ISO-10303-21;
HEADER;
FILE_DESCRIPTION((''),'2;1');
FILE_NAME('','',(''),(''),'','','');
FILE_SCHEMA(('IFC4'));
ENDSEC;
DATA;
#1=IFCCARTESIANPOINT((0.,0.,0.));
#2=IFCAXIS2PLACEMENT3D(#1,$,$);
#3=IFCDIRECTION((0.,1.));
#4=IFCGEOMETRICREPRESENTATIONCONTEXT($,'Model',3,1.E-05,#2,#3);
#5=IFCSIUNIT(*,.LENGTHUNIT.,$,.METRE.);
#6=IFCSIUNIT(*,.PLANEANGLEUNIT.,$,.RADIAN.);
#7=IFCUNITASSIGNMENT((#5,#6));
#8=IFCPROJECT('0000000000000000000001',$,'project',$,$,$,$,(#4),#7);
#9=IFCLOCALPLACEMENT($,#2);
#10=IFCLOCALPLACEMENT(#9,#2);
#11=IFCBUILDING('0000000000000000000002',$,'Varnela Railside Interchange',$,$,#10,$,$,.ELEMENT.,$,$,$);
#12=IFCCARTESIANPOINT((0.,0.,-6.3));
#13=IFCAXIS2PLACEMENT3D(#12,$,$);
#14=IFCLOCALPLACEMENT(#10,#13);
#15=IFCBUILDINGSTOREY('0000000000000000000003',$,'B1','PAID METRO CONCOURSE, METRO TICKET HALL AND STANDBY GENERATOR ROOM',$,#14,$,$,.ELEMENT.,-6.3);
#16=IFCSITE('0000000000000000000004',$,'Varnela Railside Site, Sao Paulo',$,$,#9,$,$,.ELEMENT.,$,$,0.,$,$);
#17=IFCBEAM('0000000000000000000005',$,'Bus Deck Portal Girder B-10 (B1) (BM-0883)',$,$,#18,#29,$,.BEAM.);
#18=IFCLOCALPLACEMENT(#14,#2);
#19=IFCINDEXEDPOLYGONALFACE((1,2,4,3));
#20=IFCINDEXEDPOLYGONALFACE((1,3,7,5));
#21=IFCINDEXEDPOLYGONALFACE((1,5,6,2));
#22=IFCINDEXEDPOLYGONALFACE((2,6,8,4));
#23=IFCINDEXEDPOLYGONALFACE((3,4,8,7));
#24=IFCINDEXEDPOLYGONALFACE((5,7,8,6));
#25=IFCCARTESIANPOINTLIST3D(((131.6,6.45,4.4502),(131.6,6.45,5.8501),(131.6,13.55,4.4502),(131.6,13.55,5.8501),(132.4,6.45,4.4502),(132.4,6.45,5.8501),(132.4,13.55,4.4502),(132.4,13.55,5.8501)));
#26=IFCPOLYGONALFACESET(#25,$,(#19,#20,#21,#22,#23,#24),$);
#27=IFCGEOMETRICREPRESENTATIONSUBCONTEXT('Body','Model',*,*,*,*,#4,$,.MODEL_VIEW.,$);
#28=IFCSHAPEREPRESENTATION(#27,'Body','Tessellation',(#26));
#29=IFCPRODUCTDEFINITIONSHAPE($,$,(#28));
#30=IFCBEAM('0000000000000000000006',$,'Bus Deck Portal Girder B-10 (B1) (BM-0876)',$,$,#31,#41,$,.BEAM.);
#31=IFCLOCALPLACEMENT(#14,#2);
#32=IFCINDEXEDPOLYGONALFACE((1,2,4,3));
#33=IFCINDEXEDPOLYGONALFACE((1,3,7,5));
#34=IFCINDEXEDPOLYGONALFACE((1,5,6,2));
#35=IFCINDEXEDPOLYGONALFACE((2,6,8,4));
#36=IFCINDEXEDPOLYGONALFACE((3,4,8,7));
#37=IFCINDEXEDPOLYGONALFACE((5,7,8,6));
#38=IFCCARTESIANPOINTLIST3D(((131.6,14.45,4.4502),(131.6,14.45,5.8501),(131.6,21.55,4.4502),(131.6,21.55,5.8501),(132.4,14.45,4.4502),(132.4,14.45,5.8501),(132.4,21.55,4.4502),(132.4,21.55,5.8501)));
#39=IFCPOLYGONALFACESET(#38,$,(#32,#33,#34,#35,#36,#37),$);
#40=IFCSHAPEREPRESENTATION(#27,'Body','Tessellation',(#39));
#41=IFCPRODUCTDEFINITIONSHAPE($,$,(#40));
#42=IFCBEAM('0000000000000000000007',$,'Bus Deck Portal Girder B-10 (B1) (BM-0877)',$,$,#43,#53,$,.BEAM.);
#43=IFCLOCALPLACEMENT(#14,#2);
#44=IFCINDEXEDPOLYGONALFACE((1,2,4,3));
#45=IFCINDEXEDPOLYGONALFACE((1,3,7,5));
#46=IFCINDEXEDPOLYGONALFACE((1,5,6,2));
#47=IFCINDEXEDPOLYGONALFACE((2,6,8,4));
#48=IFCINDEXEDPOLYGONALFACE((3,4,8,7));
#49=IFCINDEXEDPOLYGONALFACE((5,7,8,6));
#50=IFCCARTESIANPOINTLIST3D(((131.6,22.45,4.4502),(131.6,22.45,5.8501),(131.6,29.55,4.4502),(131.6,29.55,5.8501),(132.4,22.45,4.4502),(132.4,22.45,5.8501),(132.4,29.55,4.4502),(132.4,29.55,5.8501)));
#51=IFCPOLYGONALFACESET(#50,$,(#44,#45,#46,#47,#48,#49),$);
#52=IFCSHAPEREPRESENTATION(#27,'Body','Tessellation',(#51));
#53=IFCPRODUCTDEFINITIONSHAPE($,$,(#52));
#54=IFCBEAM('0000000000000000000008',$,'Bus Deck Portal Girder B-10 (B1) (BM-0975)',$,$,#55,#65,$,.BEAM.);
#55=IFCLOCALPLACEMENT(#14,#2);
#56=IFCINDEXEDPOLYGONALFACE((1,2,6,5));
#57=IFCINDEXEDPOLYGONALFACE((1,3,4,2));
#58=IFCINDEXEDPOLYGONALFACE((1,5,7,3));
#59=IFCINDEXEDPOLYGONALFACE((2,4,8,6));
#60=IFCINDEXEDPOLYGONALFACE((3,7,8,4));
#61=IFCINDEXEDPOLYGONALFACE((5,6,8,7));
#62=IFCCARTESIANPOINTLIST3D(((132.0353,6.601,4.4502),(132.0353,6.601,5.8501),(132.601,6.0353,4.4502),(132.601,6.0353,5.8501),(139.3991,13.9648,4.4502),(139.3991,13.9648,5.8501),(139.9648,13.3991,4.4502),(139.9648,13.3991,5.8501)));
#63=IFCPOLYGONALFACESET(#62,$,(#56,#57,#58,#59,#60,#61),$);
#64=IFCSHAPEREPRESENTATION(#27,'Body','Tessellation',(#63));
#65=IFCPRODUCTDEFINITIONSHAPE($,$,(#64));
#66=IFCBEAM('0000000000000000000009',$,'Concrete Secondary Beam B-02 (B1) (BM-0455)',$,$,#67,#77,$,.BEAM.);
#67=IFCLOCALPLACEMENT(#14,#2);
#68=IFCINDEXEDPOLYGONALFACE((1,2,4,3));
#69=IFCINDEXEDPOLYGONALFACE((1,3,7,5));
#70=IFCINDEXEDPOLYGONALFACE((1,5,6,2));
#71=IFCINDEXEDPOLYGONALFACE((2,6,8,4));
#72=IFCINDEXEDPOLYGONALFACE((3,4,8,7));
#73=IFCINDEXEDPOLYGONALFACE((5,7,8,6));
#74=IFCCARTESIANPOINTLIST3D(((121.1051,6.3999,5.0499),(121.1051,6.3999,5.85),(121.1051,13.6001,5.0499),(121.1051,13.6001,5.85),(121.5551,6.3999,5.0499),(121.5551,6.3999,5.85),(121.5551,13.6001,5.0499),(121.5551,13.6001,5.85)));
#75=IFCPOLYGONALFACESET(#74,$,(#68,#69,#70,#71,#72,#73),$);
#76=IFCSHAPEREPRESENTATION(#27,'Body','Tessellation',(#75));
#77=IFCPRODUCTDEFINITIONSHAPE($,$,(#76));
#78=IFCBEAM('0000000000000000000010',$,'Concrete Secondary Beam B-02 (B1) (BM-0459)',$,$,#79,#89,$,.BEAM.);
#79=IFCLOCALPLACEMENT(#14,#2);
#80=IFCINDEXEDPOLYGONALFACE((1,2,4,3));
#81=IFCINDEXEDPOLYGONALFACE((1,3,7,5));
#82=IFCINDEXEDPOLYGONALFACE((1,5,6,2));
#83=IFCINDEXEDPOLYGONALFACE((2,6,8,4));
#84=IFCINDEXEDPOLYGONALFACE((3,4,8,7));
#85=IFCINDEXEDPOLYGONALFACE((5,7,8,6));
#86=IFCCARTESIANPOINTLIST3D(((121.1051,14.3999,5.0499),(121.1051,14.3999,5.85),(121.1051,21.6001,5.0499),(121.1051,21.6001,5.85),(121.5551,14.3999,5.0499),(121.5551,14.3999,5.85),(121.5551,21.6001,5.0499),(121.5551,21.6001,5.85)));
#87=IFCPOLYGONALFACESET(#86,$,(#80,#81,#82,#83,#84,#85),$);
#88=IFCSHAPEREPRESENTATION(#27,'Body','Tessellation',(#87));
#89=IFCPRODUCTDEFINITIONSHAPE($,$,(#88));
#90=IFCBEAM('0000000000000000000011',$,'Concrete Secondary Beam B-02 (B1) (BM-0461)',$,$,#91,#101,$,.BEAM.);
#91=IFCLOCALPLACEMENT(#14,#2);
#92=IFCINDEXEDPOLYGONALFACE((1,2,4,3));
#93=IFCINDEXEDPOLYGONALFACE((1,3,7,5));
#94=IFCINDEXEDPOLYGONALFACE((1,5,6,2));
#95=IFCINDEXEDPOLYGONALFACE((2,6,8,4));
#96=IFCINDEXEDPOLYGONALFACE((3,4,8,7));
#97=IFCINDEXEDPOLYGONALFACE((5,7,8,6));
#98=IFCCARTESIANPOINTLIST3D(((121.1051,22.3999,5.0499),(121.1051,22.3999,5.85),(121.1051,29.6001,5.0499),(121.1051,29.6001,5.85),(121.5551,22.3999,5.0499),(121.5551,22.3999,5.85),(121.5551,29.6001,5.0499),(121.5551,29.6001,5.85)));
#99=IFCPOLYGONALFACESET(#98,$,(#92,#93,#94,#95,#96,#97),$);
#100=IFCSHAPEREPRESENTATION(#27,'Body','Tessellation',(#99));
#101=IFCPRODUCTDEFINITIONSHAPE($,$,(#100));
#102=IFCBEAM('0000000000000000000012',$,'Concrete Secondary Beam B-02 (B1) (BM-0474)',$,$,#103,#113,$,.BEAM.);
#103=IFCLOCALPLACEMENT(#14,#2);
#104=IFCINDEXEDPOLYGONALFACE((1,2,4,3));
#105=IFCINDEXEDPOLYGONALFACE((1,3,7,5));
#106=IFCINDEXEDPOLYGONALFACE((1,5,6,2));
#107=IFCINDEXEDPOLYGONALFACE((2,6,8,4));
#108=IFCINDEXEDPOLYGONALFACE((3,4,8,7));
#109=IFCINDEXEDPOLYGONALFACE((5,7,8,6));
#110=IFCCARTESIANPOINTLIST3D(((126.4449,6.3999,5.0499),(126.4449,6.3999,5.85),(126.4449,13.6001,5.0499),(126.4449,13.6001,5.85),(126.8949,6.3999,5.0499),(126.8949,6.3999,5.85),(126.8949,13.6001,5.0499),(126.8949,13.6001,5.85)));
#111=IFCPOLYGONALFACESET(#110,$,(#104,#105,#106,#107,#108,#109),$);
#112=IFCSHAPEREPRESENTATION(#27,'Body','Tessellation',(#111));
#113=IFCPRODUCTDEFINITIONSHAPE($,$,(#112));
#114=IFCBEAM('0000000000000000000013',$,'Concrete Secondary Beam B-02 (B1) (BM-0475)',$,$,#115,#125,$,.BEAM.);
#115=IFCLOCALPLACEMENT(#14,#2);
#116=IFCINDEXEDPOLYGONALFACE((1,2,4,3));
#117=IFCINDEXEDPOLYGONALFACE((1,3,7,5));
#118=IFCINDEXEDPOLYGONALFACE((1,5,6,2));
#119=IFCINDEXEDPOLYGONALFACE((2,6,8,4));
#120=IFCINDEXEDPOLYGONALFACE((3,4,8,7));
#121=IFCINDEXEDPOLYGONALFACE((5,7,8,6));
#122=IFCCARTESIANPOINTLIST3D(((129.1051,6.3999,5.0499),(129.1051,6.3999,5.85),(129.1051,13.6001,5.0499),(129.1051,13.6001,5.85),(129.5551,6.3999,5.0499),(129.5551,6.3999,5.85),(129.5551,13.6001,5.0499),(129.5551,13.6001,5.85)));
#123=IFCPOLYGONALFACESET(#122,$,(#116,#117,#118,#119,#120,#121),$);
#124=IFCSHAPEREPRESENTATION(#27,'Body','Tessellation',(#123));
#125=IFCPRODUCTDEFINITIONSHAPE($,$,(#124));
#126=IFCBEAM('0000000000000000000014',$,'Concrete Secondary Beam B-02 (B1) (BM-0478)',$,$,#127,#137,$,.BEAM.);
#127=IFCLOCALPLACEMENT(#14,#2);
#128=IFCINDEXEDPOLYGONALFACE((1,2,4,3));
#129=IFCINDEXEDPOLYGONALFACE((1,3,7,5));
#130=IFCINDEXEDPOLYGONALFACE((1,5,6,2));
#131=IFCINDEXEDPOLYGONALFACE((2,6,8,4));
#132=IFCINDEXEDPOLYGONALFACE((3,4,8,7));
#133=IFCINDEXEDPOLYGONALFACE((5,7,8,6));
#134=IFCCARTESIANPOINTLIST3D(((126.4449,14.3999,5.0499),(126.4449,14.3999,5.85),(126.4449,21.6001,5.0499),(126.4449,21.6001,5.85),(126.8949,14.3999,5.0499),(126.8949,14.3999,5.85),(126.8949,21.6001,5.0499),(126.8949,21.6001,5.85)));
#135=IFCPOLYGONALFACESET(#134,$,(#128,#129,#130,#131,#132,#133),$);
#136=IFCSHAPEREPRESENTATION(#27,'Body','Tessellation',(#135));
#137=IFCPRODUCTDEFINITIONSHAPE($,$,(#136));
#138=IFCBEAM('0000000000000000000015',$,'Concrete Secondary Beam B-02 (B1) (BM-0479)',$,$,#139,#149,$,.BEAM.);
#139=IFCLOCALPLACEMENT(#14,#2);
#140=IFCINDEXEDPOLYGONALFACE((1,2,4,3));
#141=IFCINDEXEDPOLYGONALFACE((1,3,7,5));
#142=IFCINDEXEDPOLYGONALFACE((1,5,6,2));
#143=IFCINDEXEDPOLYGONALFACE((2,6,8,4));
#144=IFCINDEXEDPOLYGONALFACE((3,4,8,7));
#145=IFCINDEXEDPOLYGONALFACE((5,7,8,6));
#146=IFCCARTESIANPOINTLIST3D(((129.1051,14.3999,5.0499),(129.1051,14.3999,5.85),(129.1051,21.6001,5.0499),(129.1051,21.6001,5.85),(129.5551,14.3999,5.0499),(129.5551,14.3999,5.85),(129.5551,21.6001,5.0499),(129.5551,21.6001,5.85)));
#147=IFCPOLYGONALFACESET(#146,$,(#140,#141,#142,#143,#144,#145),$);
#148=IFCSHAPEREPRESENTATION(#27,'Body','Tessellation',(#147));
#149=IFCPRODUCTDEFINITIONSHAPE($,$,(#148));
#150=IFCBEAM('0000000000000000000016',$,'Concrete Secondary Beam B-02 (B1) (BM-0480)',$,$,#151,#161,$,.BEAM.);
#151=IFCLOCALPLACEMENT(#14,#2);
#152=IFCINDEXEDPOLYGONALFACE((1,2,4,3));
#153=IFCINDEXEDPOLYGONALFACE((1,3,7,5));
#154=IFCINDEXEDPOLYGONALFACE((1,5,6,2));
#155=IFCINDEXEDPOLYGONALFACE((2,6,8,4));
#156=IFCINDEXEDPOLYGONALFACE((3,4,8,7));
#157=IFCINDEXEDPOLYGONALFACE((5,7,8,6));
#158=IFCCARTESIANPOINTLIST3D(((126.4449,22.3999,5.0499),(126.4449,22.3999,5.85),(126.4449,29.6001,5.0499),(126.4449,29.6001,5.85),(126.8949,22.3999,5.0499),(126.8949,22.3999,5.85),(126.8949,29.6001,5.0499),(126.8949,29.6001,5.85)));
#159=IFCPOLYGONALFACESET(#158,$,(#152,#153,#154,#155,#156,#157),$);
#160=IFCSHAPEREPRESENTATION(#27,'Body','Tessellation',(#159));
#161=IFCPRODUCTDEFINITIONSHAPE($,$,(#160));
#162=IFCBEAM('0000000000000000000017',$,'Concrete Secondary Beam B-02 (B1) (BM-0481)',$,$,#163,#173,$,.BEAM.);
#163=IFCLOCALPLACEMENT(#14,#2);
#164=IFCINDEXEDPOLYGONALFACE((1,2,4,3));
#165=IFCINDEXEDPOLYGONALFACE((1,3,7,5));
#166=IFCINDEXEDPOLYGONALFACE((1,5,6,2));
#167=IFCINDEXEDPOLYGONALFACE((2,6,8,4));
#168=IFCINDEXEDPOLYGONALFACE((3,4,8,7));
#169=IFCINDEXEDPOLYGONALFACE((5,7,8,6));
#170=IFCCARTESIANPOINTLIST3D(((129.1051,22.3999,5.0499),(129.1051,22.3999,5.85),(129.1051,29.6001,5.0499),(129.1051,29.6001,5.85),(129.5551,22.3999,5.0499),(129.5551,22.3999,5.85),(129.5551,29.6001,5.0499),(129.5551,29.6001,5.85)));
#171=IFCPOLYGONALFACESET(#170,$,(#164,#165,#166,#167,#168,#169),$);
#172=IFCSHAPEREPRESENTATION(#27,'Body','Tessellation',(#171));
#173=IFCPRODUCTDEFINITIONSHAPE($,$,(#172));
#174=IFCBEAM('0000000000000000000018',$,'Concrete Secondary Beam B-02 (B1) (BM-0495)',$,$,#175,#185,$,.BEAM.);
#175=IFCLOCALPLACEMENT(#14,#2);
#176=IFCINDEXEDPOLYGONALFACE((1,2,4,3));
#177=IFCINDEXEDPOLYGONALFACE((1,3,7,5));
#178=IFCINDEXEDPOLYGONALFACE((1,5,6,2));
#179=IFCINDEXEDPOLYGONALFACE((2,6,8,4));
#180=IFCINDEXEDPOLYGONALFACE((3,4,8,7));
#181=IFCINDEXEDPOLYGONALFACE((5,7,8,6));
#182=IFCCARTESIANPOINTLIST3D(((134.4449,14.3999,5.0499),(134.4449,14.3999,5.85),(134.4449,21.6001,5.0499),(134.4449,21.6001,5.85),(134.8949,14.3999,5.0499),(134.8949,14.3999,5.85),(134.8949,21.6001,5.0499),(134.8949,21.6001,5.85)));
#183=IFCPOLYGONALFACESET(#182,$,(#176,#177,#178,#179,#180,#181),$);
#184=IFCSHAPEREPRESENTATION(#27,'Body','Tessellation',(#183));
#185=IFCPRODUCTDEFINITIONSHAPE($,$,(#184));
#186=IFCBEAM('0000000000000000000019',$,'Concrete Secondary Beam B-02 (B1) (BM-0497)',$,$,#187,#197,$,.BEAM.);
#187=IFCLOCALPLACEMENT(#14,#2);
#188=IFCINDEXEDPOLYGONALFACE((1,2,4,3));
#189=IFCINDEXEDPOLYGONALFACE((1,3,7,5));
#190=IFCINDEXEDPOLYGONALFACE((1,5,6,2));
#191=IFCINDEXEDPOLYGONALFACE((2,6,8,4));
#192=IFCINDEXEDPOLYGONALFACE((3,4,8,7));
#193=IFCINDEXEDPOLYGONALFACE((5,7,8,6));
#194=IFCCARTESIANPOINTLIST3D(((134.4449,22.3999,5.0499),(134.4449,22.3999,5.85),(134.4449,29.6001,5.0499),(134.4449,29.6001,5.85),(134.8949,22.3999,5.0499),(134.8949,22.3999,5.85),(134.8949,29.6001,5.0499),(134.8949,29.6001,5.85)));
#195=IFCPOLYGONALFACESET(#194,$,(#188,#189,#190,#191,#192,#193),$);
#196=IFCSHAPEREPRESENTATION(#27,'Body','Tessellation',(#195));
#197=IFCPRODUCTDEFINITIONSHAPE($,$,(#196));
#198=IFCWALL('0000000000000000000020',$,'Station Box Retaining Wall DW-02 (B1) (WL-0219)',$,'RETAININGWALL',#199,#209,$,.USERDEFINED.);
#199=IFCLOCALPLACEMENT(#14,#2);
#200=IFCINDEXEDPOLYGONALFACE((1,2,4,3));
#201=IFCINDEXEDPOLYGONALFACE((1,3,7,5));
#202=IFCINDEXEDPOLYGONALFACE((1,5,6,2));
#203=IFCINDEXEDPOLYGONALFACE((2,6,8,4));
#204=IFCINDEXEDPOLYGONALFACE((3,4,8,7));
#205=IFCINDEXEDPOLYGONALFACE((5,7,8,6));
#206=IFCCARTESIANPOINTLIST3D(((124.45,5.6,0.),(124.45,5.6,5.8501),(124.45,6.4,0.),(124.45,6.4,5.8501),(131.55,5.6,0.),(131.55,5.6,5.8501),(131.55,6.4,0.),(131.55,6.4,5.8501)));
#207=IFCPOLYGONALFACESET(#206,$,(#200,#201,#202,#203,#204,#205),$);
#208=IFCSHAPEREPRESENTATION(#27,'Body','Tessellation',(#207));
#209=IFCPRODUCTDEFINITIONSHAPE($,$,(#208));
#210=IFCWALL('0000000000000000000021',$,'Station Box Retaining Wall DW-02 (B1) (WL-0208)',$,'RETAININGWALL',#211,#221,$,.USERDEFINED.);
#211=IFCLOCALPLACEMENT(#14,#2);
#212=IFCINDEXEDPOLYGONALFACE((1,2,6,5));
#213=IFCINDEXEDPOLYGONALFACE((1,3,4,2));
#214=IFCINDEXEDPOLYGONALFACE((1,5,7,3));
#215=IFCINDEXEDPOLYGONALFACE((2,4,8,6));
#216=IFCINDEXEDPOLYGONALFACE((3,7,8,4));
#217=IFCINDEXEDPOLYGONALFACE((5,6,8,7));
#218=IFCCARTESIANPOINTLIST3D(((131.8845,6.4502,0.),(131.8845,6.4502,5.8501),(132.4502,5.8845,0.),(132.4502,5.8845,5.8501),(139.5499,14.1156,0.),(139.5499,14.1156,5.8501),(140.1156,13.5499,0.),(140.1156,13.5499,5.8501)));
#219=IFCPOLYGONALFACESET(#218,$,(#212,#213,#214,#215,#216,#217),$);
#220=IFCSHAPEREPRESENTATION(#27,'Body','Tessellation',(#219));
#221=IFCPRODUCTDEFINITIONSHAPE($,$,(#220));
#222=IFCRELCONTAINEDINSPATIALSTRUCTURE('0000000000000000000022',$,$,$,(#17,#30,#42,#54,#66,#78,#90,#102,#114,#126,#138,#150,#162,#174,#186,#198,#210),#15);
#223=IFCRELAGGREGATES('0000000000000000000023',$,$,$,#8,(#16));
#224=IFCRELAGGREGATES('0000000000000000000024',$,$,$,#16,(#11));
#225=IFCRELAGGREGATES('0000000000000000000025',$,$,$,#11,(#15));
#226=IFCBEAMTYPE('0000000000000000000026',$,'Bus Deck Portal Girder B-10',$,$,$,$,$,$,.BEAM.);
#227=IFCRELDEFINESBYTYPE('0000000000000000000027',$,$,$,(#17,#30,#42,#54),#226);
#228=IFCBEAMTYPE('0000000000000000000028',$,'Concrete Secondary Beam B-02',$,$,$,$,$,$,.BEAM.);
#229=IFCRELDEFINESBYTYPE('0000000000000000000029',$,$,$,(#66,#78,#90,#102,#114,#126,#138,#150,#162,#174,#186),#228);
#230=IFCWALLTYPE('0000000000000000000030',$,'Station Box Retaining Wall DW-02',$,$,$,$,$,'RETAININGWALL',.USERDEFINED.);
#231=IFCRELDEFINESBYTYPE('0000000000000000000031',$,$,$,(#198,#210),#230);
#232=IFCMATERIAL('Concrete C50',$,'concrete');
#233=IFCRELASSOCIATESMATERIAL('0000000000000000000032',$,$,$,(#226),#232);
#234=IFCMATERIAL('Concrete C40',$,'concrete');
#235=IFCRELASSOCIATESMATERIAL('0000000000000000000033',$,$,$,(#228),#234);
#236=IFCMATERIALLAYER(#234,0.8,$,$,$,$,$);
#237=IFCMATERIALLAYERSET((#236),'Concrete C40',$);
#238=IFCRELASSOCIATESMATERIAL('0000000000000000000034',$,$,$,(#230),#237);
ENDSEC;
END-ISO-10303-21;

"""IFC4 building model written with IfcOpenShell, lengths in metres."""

from ifc_helpers import new_model, si_unit, direction, frame, frame_2d, origin, origin_2d, place, context, subcontext, project, spatial, rectangle, extrude, material, layer, layer_set, material_profile, profile_set, type_object, element, save


model = new_model("IFC4")

# Units and contexts
model_context = context("Model", 3, precision=1e-05, world=origin(), true_north=direction((0.0, 1.0)))
body_context = subcontext(model_context, "Body", "Model", "MODEL_VIEW")
ifc_project = project(units=[si_unit("LENGTHUNIT", "METRE"), si_unit("PLANEANGLEUNIT", "RADIAN")], contexts=[model_context])

# Site, building, storey
site_placement = place(None, origin())
site = spatial("IfcSite", under=ifc_project, at=site_placement, Name="Varnela Railside Site, Sao Paulo", CompositionType="ELEMENT", RefElevation=0.0)
building_placement = place(site_placement, origin())
building = spatial("IfcBuilding", under=site, at=building_placement, Name="Varnela Railside Interchange", CompositionType="ELEMENT")
storey_placement = place(building_placement, frame((0.0, 0.0, -6.3)))
storey = spatial("IfcBuildingStorey", under=building, at=storey_placement, Name="B1", Description="PAID METRO CONCOURSE, METRO TICKET HALL AND STANDBY GENERATOR ROOM", CompositionType="ELEMENT", Elevation=-6.3)

# Shared definitions
ifc_material_1 = material(Name="Concrete C50", Category="concrete")

# Beams
ifc_material_profile_1 = material_profile(ifc_material_1, rectangle(XDim=0.8, YDim=1.3999, at=origin_2d()), Name="RC 800x1400")
ifc_profile_set_1 = profile_set([ifc_material_profile_1], Name="Concrete C50")
beam_type_1 = type_object("IfcBeamType", Name="Bus Deck Portal Girder B-10", PredefinedType="BEAM", material=ifc_profile_set_1)
for number, where, z_axis, x_axis, name in (
    (1, (132.0, 6.45, 5.1501), (0.0, 1.0, 0.0), (-1.0, 0.0, 0.0), "Bus Deck Portal Girder B-10 (B1) (BM-0883)"),
    (2, (132.0, 14.45, 5.1501), (0.0, 1.0, 0.0), (-1.0, 0.0, 0.0), "Bus Deck Portal Girder B-10 (B1) (BM-0876)"),
    (3, (132.0, 22.45, 5.1501), (0.0, 1.0, 0.0), (-1.0, 0.0, 0.0), "Bus Deck Portal Girder B-10 (B1) (BM-0877)"),
):
    element("IfcBeam", number, at=place(storey_placement, frame(where, z_axis=z_axis, x_axis=x_axis)), inside=storey, type_object=beam_type_1, Name=name, PredefinedType="BEAM", context=body_context, shape_type="SweptSolid", body=[
        extrude(rectangle(XDim=0.8, YDim=1.3999, at=origin_2d()), origin(), (0.0, 0.0, 1.0), 7.1001),
    ])
beam_placement = place(storey_placement, frame((132.3181, 6.3181, 5.1501), z_axis=(0.707107, 0.707107, 0.0), x_axis=(-0.707107, 0.707107, 0.0)))
element("IfcBeam", 4, at=beam_placement, inside=storey, type_object=beam_type_1, Name="Bus Deck Portal Girder B-10 (B1) (BM-0975)", PredefinedType="BEAM", context=body_context, shape_type="SweptSolid", body=[
    extrude(rectangle(XDim=0.8, YDim=1.3999, at=origin_2d()), origin(), (0.0, 0.0, 1.0), 10.4141),
])
ifc_material_2 = material(Name="Concrete C40", Category="concrete")
ifc_material_profile_2 = material_profile(ifc_material_2, rectangle(XDim=0.45, YDim=0.8, at=origin_2d()), Name="RC 450x800")
ifc_profile_set_2 = profile_set([ifc_material_profile_2], Name="Concrete C40")
beam_type_2 = type_object("IfcBeamType", Name="Concrete Secondary Beam B-02", PredefinedType="BEAM", material=ifc_profile_set_2)
for number, where, z_axis, x_axis, name in (
    (5, (121.3301, 6.3999, 5.45), (0.0, 1.0, 0.0), (-1.0, 0.0, 0.0), "Concrete Secondary Beam B-02 (B1) (BM-0455)"),
    (6, (121.3301, 14.3999, 5.45), (0.0, 1.0, 0.0), (-1.0, 0.0, 0.0), "Concrete Secondary Beam B-02 (B1) (BM-0459)"),
    (7, (121.3301, 22.3999, 5.45), (0.0, 1.0, 0.0), (-1.0, 0.0, 0.0), "Concrete Secondary Beam B-02 (B1) (BM-0461)"),
    (8, (126.6699, 6.3999, 5.45), (0.0, 1.0, 0.0), (-1.0, 0.0, 0.0), "Concrete Secondary Beam B-02 (B1) (BM-0474)"),
    (9, (129.3301, 6.3999, 5.45), (0.0, 1.0, 0.0), (-1.0, 0.0, 0.0), "Concrete Secondary Beam B-02 (B1) (BM-0475)"),
    (10, (126.6699, 14.3999, 5.45), (0.0, 1.0, 0.0), (-1.0, 0.0, 0.0), "Concrete Secondary Beam B-02 (B1) (BM-0478)"),
    (11, (129.3301, 14.3999, 5.45), (0.0, 1.0, 0.0), (-1.0, 0.0, 0.0), "Concrete Secondary Beam B-02 (B1) (BM-0479)"),
    (12, (126.6699, 22.3999, 5.45), (0.0, 1.0, 0.0), (-1.0, 0.0, 0.0), "Concrete Secondary Beam B-02 (B1) (BM-0480)"),
    (13, (129.3301, 22.3999, 5.45), (0.0, 1.0, 0.0), (-1.0, 0.0, 0.0), "Concrete Secondary Beam B-02 (B1) (BM-0481)"),
    (14, (134.6699, 14.3999, 5.45), (0.0, 1.0, 0.0), (-1.0, 0.0, 0.0), "Concrete Secondary Beam B-02 (B1) (BM-0495)"),
    (15, (134.6699, 22.3999, 5.45), (0.0, 1.0, 0.0), (-1.0, 0.0, 0.0), "Concrete Secondary Beam B-02 (B1) (BM-0497)"),
):
    element("IfcBeam", number, at=place(storey_placement, frame(where, z_axis=z_axis, x_axis=x_axis)), inside=storey, type_object=beam_type_2, Name=name, PredefinedType="BEAM", context=body_context, shape_type="SweptSolid", body=[
        extrude(rectangle(XDim=0.45, YDim=0.8, at=origin_2d()), origin(), (0.0, 0.0, 1.0), 7.2002),
    ])

# Walls
ifc_layer = layer(ifc_material_2, 0.8)
ifc_layer_set = layer_set([ifc_layer], Name="Concrete C40")
wall_type = type_object("IfcWallType", Name="Station Box Retaining Wall DW-02", ElementType="RETAININGWALL", PredefinedType="USERDEFINED", material=ifc_layer_set)
wall_1_placement = place(storey_placement, frame((124.45, 6.0, 0.0), z_axis=(0.0, 0.0, 1.0), x_axis=(1.0, 0.0, 0.0)))
element("IfcWall", 16, at=wall_1_placement, inside=storey, type_object=wall_type, Name="Station Box Retaining Wall DW-02 (B1) (WL-0219)", ObjectType="RETAININGWALL", PredefinedType="USERDEFINED", context=body_context, shape_type="SweptSolid", body=[
    extrude(rectangle(XDim=7.1001, YDim=0.8, at=frame_2d((3.55, 0.0))), origin(), (0.0, 0.0, 1.0), 5.8501),
])
wall_2_placement = place(storey_placement, frame((132.1672, 6.1672, 0.0), z_axis=(0.0, 0.0, 1.0), x_axis=(0.707107, 0.707107, 0.0)))
element("IfcWall", 17, at=wall_2_placement, inside=storey, type_object=wall_type, Name="Station Box Retaining Wall DW-02 (B1) (WL-0208)", ObjectType="RETAININGWALL", PredefinedType="USERDEFINED", context=body_context, shape_type="SweptSolid", body=[
    extrude(rectangle(XDim=10.8406, YDim=0.8, at=frame_2d((5.4204, 0.0))), origin(), (0.0, 0.0, 1.0), 5.8501),
])

save(model, "model.ifc")
